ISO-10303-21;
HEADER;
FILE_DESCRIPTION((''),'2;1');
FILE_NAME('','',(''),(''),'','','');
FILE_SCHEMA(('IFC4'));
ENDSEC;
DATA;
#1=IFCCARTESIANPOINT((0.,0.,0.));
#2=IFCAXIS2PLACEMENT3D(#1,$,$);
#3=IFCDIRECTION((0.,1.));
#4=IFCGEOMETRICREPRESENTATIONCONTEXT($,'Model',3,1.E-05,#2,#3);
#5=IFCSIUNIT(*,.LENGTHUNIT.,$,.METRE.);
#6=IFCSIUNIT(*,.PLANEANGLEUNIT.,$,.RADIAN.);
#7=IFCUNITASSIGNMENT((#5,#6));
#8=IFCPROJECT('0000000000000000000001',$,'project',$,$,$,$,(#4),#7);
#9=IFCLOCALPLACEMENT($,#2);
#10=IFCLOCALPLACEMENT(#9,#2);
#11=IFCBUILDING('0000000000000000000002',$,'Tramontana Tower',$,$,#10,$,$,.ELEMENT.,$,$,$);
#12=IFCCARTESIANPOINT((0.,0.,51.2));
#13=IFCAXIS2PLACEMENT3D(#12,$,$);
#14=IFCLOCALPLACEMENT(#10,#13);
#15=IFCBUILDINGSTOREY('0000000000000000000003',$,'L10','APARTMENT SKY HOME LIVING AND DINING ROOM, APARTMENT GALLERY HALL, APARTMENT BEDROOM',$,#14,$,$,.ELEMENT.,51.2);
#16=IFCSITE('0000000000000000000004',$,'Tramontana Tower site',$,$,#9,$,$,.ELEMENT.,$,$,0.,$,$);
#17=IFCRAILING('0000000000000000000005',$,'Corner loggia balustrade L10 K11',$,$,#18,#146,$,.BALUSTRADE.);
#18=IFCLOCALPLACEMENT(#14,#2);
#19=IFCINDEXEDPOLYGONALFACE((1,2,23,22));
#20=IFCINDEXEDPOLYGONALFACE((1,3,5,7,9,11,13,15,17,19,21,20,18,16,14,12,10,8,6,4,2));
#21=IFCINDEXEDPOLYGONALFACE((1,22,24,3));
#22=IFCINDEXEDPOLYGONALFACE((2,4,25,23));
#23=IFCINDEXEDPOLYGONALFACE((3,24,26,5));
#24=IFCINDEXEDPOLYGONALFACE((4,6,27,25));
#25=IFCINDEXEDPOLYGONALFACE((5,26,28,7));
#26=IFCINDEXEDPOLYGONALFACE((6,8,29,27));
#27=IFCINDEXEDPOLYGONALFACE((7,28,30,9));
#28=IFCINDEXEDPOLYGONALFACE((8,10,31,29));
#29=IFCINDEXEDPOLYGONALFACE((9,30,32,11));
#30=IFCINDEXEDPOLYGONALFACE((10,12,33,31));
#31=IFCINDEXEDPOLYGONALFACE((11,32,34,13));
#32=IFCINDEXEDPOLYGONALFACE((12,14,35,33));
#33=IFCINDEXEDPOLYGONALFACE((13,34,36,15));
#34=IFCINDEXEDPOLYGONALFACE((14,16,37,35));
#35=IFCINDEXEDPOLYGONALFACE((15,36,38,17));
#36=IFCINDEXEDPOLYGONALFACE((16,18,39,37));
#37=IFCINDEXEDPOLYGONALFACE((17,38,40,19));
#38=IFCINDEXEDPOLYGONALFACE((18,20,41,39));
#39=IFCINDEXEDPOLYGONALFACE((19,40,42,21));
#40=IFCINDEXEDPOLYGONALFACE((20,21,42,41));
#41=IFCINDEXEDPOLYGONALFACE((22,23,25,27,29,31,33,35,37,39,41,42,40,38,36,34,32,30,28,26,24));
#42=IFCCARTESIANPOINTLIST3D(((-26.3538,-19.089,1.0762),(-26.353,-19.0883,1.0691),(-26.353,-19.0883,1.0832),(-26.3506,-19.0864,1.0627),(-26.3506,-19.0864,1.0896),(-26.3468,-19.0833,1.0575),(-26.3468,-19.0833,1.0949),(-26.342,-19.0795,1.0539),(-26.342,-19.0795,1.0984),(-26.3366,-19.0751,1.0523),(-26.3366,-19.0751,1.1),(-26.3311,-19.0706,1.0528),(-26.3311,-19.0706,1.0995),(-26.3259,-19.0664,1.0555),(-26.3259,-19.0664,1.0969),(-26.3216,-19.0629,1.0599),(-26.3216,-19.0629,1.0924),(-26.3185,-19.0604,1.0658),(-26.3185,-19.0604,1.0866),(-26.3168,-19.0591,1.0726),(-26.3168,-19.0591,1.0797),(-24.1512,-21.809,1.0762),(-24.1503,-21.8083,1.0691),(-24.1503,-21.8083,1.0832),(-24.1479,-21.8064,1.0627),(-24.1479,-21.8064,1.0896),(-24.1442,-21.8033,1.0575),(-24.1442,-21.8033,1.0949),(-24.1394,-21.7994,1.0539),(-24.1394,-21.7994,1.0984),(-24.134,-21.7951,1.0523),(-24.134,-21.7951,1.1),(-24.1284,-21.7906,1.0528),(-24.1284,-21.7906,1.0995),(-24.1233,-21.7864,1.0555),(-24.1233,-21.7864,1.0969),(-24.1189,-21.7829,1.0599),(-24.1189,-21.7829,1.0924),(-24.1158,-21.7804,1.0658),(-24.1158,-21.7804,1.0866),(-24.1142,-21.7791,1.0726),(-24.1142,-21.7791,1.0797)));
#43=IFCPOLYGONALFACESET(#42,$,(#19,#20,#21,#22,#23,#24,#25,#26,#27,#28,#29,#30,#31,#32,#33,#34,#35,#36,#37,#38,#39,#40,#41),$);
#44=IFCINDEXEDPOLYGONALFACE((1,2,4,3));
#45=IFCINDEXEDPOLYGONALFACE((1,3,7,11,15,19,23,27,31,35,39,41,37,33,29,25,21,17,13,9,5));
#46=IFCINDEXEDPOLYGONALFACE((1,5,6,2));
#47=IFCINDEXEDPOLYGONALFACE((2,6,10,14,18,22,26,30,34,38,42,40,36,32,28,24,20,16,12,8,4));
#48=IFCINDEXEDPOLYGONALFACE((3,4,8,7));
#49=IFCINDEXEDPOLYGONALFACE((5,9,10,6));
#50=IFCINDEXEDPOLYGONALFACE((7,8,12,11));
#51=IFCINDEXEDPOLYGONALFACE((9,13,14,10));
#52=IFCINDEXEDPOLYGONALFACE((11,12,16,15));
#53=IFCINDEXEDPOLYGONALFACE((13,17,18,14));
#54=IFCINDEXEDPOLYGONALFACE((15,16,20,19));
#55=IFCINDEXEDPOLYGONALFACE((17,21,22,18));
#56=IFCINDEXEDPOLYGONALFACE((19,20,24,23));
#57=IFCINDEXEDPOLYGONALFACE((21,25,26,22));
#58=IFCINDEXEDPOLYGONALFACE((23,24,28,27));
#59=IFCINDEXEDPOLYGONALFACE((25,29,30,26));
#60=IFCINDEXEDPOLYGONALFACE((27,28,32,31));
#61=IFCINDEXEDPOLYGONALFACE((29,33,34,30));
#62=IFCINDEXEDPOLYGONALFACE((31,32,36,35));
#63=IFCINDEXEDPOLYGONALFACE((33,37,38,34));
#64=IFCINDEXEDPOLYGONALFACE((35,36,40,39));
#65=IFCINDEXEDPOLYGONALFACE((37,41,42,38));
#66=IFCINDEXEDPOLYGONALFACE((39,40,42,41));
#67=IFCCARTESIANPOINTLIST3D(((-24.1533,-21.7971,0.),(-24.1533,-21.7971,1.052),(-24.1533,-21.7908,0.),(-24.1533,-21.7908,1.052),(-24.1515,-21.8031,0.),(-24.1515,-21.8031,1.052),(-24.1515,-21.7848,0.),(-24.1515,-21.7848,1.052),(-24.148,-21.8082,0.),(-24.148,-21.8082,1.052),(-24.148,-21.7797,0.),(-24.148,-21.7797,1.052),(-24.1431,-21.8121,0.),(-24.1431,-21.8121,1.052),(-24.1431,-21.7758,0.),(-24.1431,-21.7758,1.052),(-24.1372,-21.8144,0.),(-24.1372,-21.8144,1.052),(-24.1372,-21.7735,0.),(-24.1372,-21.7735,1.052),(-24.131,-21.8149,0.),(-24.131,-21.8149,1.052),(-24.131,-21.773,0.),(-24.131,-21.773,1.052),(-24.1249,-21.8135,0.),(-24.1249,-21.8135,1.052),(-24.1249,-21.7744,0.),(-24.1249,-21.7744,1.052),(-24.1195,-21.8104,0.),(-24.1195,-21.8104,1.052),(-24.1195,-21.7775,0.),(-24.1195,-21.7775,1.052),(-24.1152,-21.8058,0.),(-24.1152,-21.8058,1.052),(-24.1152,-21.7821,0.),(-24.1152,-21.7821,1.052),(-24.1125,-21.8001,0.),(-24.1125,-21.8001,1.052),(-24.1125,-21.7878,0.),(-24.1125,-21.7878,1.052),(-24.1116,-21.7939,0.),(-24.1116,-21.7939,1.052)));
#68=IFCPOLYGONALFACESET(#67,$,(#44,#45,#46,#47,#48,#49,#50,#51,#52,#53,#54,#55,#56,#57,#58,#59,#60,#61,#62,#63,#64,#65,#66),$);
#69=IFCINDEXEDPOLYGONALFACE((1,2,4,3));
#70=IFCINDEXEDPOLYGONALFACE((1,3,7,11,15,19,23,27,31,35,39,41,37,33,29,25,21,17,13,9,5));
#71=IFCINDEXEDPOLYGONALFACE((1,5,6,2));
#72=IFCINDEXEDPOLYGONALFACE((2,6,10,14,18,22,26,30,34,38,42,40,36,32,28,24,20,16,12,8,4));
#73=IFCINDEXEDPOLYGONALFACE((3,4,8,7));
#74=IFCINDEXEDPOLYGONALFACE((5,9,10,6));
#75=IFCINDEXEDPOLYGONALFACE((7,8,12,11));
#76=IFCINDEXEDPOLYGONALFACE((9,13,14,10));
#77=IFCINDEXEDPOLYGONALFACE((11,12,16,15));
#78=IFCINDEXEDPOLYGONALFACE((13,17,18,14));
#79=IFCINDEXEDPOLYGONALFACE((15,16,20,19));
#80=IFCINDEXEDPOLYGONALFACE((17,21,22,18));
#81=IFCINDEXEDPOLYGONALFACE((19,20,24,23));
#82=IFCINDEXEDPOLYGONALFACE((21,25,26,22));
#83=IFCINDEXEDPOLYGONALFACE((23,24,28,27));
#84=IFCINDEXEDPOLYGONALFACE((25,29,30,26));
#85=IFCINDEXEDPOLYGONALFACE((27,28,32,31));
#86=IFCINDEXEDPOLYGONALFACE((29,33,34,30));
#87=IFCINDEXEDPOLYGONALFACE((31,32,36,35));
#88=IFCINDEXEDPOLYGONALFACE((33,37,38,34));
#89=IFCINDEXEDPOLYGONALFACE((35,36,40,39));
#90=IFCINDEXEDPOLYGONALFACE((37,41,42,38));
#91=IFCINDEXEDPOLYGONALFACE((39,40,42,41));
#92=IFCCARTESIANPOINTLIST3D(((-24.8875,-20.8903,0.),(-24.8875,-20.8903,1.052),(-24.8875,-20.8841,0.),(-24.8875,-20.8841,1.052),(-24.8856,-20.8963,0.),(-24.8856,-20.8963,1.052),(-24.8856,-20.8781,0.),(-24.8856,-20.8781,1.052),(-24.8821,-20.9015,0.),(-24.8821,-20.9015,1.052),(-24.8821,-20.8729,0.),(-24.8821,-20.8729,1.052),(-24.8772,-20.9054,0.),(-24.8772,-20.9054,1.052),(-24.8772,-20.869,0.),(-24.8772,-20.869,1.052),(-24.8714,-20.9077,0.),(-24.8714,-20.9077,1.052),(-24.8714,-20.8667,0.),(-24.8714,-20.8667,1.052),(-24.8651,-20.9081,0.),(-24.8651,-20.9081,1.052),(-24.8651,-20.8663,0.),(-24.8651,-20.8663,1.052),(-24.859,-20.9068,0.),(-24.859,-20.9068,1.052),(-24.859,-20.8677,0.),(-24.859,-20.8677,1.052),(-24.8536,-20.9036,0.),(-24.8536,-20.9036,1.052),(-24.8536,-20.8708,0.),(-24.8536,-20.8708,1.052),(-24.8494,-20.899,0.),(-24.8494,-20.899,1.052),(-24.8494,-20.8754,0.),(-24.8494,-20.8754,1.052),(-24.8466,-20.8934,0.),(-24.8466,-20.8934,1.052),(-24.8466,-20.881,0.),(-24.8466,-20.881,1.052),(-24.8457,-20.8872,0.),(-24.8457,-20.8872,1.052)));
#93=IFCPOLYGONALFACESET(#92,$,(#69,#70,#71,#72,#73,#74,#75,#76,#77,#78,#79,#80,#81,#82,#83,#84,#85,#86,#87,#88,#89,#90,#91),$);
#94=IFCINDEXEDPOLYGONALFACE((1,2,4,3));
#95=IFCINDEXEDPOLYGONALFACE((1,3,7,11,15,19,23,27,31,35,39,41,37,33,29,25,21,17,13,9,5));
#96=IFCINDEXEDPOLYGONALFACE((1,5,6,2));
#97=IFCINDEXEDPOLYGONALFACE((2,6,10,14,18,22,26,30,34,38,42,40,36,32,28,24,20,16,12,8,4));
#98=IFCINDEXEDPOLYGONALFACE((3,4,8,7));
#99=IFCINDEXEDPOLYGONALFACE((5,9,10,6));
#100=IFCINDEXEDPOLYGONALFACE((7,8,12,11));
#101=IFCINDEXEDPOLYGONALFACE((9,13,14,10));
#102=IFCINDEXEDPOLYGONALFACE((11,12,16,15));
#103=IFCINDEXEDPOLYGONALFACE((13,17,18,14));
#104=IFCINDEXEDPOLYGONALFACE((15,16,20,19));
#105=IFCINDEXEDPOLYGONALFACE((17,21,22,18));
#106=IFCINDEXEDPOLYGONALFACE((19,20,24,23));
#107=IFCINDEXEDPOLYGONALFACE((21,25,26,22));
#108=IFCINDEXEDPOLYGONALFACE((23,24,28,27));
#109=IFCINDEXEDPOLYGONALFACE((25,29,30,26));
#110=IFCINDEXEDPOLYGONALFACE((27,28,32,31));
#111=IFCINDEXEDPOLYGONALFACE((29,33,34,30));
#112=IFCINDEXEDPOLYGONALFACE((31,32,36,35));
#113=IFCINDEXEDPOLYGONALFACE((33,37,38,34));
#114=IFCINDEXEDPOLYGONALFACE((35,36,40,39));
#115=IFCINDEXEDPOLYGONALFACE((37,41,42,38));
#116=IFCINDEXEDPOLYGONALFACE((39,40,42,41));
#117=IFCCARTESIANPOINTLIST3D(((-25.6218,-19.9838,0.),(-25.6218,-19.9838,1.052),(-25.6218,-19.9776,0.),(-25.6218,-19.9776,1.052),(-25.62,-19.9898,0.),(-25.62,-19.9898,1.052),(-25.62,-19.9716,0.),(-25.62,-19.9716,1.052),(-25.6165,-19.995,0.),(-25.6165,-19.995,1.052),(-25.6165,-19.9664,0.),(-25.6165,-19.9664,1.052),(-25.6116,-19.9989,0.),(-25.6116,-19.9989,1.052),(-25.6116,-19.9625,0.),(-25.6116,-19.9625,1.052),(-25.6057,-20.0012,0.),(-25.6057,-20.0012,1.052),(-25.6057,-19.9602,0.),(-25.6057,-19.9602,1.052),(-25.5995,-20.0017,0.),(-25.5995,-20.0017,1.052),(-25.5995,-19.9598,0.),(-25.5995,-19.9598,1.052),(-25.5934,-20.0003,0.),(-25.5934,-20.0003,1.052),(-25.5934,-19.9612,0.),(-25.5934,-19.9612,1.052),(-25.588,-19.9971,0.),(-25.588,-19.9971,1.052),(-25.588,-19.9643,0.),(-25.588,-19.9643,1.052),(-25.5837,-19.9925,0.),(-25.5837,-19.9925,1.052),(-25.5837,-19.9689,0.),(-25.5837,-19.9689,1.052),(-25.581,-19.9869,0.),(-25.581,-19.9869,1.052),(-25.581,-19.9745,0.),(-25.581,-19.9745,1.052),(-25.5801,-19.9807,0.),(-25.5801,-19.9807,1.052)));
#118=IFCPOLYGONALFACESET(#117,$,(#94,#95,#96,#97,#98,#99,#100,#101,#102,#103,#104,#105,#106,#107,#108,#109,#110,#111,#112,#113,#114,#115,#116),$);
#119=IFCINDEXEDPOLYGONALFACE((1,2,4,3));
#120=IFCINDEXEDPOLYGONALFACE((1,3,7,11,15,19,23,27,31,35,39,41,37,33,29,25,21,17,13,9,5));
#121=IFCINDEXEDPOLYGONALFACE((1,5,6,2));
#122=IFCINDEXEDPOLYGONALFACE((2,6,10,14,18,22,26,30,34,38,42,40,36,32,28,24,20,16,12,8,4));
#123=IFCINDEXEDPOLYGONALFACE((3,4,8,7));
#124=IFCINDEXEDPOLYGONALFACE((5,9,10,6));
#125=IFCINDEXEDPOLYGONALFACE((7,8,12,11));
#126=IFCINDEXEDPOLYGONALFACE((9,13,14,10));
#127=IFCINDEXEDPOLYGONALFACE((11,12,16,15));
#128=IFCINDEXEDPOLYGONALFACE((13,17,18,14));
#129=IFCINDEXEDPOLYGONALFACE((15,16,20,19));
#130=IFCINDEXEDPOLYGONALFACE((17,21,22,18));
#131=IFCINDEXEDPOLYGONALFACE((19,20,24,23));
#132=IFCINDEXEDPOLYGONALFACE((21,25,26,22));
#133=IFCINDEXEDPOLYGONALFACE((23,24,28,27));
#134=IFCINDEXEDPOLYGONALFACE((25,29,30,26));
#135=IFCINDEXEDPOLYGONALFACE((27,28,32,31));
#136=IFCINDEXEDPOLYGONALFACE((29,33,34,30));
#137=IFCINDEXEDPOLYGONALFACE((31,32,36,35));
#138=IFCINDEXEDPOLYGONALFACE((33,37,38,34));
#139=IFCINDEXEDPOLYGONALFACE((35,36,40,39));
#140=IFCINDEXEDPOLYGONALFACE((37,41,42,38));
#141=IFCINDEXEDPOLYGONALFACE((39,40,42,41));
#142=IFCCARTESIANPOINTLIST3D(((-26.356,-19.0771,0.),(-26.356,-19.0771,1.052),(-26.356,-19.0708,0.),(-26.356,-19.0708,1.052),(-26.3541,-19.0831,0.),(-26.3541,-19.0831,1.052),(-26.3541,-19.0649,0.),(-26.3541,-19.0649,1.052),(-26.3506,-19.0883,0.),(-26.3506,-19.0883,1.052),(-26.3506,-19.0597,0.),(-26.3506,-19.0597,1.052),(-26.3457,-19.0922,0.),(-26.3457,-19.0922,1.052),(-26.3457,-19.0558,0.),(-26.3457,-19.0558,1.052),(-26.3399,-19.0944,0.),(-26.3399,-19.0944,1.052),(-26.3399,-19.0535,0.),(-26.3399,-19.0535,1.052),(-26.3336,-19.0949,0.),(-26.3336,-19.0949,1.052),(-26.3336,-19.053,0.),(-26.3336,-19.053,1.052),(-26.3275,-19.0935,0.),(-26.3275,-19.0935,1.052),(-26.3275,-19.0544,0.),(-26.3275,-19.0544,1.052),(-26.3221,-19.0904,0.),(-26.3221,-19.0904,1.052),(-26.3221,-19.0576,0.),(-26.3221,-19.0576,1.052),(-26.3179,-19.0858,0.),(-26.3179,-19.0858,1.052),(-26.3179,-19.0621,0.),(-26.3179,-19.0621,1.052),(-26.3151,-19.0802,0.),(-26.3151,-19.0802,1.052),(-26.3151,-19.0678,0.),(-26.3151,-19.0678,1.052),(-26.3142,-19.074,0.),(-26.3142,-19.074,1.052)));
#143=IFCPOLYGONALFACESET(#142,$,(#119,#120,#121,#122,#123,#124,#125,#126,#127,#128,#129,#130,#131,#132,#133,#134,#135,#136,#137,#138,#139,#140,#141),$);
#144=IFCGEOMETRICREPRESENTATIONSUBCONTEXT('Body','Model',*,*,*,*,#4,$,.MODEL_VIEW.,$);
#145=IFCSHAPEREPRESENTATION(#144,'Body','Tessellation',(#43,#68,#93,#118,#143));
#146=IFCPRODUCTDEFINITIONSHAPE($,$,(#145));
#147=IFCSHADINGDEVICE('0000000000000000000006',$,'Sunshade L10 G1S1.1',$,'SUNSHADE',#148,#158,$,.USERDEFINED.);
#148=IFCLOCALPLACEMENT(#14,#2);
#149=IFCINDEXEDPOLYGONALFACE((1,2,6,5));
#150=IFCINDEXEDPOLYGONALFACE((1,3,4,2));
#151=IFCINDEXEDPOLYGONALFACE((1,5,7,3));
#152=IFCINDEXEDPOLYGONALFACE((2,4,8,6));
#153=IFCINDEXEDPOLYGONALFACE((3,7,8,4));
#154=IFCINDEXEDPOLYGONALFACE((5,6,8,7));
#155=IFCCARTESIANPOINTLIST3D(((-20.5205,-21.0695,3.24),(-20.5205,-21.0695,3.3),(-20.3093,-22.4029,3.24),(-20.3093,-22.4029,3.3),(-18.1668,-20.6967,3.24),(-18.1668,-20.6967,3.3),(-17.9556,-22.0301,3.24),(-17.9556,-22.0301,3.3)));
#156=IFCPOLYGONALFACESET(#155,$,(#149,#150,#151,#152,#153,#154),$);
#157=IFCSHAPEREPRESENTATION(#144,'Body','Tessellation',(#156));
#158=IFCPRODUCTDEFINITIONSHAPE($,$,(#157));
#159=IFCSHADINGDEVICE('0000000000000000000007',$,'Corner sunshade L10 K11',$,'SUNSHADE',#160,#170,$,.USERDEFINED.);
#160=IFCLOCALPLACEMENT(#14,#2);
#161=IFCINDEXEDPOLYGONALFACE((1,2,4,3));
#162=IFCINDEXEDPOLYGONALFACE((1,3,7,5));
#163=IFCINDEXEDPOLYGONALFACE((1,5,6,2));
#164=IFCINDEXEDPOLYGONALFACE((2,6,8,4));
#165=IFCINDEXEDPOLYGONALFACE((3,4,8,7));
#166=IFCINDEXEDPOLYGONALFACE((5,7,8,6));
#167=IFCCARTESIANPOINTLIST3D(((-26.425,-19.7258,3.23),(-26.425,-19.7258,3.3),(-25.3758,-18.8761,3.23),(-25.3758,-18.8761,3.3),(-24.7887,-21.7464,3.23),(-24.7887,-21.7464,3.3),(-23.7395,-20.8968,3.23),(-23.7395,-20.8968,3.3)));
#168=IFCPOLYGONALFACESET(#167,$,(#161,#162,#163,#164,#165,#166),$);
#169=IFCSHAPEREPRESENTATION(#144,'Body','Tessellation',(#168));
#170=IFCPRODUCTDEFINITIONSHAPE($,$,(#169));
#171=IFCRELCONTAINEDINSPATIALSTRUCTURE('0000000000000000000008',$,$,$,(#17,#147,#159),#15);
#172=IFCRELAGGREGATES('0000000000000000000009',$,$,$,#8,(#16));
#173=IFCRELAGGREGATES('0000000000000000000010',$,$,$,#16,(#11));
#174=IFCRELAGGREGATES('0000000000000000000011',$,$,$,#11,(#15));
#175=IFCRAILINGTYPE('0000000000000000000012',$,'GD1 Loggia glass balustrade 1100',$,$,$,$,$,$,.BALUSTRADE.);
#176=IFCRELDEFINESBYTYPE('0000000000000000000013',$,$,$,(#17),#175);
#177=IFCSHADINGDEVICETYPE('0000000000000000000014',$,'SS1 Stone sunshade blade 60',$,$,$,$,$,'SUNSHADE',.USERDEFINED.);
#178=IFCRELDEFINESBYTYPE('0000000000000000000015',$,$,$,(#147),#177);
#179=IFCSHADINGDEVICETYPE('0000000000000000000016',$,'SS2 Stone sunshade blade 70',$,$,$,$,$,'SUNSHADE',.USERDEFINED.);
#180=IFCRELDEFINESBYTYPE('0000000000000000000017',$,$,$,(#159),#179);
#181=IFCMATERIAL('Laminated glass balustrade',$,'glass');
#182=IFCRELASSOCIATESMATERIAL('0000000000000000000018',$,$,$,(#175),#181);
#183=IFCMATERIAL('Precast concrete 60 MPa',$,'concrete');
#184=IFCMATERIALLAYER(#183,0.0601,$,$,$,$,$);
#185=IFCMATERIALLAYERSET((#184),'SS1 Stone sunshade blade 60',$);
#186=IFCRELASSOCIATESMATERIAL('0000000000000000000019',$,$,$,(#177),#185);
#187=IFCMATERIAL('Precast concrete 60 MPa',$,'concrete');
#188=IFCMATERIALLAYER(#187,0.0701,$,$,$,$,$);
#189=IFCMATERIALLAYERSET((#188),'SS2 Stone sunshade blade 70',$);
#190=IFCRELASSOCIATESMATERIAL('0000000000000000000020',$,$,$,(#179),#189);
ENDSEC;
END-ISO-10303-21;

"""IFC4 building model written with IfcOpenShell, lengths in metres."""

from ifc_helpers import new_model, si_unit, direction, frame, origin, origin_2d, place, context, subcontext, project, spatial, rectangle, circle, extrude, material, layer, layer_set, type_object, element, save


model = new_model("IFC4")

# Units and contexts
model_context = context("Model", 3, precision=1e-05, world=origin(), true_north=direction((0.0, 1.0)))
body_context = subcontext(model_context, "Body", "Model", "MODEL_VIEW")
ifc_project = project(units=[si_unit("LENGTHUNIT", "METRE"), si_unit("PLANEANGLEUNIT", "RADIAN")], contexts=[model_context])

# Site, building, storey
site_placement = place(None, origin())
site = spatial("IfcSite", under=ifc_project, at=site_placement, Name="Tramontana Tower site", CompositionType="ELEMENT", RefElevation=0.0)
building_placement = place(site_placement, origin())
building = spatial("IfcBuilding", under=site, at=building_placement, Name="Tramontana Tower", CompositionType="ELEMENT")
storey_placement = place(building_placement, frame((0.0, 0.0, 51.2)))
storey = spatial("IfcBuildingStorey", under=building, at=storey_placement, Name="L10", Description="APARTMENT SKY HOME LIVING AND DINING ROOM, APARTMENT GALLERY HALL, APARTMENT BEDROOM", CompositionType="ELEMENT", Elevation=51.2)

# Railing
ifc_material_1 = material(Name="Laminated glass balustrade", Category="glass")
railing_type = type_object("IfcRailingType", Name="GD1 Loggia glass balustrade 1100", PredefinedType="BALUSTRADE", material=ifc_material_1)
railing_1_placement = place(storey_placement, frame((-24.1326, -21.7939, 0.0)))
element("IfcRailing", 1, at=railing_1_placement, inside=storey, type_object=railing_type, Name="Corner loggia balustrade L10 K11", PredefinedType="BALUSTRADE", context=body_context, shape_type="SweptSolid", body=[
    extrude(circle(Radius=0.0239, at=origin_2d()), frame((0.0, 0.0, 1.0762), z_axis=(-0.629329, 0.777139, 0.0), x_axis=(-0.777139, -0.629329, 0.0)), (0.0, 0.0, 1.0), 3.5),
    extrude(circle(Radius=0.021, at=origin_2d()), origin(), (0.0, 0.0, 1.0), 1.052),
    extrude(circle(Radius=0.021, at=origin_2d()), frame((-0.7341, 0.9067, 0.0)), (0.0, 0.0, 1.0), 1.052),
    extrude(circle(Radius=0.021, at=origin_2d()), frame((-1.4685, 1.8132, 0.0)), (0.0, 0.0, 1.0), 1.052),
    extrude(circle(Radius=0.021, at=origin_2d()), frame((-2.2026, 2.72, 0.0)), (0.0, 0.0, 1.0), 1.052),
])

# Shading devices
ifc_material_2 = material(Name="Precast concrete 60 MPa", Category="concrete")
ifc_layer_1 = layer(ifc_material_2, 0.0601)
ifc_layer_set_1 = layer_set([ifc_layer_1], Name="SS1 Stone sunshade blade 60")
shading_device_type_1 = type_object("IfcShadingDeviceType", Name="SS1 Stone sunshade blade 60", ElementType="SUNSHADE", PredefinedType="USERDEFINED", material=ifc_layer_set_1)
shading_device_1_placement = place(storey_placement, frame((-19.238, -21.5498, 3.24), z_axis=(0.0, 0.0, 1.0), x_axis=(0.987688, 0.156434, 0.0)))
element("IfcShadingDevice", 2, at=shading_device_1_placement, inside=storey, type_object=shading_device_type_1, Name="Sunshade L10 G1S1.1", ObjectType="SUNSHADE", PredefinedType="USERDEFINED", context=body_context, shape_type="SweptSolid", body=[
    extrude(rectangle(XDim=2.3831, YDim=1.3501, at=origin_2d()), origin(), (0.0, 0.0, 1.0), 0.0601),
])
ifc_material_3 = material(Name="Precast concrete 60 MPa", Category="concrete")
ifc_layer_2 = layer(ifc_material_3, 0.0701)
ifc_layer_set_2 = layer_set([ifc_layer_2], Name="SS2 Stone sunshade blade 70")
shading_device_type_2 = type_object("IfcShadingDeviceType", Name="SS2 Stone sunshade blade 70", ElementType="SUNSHADE", PredefinedType="USERDEFINED", material=ifc_layer_set_2)
shading_device_2_placement = place(storey_placement, frame((-25.0823, -20.3113, 3.23), z_axis=(0.0, 0.0, 1.0), x_axis=(-0.62932, 0.777146, 0.0)))
element("IfcShadingDevice", 3, at=shading_device_2_placement, inside=storey, type_object=shading_device_type_2, Name="Corner sunshade L10 K11", ObjectType="SUNSHADE", PredefinedType="USERDEFINED", context=body_context, shape_type="SweptSolid", body=[
    extrude(rectangle(XDim=2.6001, YDim=1.3501, at=origin_2d()), origin(), (0.0, 0.0, 1.0), 0.0701),
])

save(model, "model.ifc")
